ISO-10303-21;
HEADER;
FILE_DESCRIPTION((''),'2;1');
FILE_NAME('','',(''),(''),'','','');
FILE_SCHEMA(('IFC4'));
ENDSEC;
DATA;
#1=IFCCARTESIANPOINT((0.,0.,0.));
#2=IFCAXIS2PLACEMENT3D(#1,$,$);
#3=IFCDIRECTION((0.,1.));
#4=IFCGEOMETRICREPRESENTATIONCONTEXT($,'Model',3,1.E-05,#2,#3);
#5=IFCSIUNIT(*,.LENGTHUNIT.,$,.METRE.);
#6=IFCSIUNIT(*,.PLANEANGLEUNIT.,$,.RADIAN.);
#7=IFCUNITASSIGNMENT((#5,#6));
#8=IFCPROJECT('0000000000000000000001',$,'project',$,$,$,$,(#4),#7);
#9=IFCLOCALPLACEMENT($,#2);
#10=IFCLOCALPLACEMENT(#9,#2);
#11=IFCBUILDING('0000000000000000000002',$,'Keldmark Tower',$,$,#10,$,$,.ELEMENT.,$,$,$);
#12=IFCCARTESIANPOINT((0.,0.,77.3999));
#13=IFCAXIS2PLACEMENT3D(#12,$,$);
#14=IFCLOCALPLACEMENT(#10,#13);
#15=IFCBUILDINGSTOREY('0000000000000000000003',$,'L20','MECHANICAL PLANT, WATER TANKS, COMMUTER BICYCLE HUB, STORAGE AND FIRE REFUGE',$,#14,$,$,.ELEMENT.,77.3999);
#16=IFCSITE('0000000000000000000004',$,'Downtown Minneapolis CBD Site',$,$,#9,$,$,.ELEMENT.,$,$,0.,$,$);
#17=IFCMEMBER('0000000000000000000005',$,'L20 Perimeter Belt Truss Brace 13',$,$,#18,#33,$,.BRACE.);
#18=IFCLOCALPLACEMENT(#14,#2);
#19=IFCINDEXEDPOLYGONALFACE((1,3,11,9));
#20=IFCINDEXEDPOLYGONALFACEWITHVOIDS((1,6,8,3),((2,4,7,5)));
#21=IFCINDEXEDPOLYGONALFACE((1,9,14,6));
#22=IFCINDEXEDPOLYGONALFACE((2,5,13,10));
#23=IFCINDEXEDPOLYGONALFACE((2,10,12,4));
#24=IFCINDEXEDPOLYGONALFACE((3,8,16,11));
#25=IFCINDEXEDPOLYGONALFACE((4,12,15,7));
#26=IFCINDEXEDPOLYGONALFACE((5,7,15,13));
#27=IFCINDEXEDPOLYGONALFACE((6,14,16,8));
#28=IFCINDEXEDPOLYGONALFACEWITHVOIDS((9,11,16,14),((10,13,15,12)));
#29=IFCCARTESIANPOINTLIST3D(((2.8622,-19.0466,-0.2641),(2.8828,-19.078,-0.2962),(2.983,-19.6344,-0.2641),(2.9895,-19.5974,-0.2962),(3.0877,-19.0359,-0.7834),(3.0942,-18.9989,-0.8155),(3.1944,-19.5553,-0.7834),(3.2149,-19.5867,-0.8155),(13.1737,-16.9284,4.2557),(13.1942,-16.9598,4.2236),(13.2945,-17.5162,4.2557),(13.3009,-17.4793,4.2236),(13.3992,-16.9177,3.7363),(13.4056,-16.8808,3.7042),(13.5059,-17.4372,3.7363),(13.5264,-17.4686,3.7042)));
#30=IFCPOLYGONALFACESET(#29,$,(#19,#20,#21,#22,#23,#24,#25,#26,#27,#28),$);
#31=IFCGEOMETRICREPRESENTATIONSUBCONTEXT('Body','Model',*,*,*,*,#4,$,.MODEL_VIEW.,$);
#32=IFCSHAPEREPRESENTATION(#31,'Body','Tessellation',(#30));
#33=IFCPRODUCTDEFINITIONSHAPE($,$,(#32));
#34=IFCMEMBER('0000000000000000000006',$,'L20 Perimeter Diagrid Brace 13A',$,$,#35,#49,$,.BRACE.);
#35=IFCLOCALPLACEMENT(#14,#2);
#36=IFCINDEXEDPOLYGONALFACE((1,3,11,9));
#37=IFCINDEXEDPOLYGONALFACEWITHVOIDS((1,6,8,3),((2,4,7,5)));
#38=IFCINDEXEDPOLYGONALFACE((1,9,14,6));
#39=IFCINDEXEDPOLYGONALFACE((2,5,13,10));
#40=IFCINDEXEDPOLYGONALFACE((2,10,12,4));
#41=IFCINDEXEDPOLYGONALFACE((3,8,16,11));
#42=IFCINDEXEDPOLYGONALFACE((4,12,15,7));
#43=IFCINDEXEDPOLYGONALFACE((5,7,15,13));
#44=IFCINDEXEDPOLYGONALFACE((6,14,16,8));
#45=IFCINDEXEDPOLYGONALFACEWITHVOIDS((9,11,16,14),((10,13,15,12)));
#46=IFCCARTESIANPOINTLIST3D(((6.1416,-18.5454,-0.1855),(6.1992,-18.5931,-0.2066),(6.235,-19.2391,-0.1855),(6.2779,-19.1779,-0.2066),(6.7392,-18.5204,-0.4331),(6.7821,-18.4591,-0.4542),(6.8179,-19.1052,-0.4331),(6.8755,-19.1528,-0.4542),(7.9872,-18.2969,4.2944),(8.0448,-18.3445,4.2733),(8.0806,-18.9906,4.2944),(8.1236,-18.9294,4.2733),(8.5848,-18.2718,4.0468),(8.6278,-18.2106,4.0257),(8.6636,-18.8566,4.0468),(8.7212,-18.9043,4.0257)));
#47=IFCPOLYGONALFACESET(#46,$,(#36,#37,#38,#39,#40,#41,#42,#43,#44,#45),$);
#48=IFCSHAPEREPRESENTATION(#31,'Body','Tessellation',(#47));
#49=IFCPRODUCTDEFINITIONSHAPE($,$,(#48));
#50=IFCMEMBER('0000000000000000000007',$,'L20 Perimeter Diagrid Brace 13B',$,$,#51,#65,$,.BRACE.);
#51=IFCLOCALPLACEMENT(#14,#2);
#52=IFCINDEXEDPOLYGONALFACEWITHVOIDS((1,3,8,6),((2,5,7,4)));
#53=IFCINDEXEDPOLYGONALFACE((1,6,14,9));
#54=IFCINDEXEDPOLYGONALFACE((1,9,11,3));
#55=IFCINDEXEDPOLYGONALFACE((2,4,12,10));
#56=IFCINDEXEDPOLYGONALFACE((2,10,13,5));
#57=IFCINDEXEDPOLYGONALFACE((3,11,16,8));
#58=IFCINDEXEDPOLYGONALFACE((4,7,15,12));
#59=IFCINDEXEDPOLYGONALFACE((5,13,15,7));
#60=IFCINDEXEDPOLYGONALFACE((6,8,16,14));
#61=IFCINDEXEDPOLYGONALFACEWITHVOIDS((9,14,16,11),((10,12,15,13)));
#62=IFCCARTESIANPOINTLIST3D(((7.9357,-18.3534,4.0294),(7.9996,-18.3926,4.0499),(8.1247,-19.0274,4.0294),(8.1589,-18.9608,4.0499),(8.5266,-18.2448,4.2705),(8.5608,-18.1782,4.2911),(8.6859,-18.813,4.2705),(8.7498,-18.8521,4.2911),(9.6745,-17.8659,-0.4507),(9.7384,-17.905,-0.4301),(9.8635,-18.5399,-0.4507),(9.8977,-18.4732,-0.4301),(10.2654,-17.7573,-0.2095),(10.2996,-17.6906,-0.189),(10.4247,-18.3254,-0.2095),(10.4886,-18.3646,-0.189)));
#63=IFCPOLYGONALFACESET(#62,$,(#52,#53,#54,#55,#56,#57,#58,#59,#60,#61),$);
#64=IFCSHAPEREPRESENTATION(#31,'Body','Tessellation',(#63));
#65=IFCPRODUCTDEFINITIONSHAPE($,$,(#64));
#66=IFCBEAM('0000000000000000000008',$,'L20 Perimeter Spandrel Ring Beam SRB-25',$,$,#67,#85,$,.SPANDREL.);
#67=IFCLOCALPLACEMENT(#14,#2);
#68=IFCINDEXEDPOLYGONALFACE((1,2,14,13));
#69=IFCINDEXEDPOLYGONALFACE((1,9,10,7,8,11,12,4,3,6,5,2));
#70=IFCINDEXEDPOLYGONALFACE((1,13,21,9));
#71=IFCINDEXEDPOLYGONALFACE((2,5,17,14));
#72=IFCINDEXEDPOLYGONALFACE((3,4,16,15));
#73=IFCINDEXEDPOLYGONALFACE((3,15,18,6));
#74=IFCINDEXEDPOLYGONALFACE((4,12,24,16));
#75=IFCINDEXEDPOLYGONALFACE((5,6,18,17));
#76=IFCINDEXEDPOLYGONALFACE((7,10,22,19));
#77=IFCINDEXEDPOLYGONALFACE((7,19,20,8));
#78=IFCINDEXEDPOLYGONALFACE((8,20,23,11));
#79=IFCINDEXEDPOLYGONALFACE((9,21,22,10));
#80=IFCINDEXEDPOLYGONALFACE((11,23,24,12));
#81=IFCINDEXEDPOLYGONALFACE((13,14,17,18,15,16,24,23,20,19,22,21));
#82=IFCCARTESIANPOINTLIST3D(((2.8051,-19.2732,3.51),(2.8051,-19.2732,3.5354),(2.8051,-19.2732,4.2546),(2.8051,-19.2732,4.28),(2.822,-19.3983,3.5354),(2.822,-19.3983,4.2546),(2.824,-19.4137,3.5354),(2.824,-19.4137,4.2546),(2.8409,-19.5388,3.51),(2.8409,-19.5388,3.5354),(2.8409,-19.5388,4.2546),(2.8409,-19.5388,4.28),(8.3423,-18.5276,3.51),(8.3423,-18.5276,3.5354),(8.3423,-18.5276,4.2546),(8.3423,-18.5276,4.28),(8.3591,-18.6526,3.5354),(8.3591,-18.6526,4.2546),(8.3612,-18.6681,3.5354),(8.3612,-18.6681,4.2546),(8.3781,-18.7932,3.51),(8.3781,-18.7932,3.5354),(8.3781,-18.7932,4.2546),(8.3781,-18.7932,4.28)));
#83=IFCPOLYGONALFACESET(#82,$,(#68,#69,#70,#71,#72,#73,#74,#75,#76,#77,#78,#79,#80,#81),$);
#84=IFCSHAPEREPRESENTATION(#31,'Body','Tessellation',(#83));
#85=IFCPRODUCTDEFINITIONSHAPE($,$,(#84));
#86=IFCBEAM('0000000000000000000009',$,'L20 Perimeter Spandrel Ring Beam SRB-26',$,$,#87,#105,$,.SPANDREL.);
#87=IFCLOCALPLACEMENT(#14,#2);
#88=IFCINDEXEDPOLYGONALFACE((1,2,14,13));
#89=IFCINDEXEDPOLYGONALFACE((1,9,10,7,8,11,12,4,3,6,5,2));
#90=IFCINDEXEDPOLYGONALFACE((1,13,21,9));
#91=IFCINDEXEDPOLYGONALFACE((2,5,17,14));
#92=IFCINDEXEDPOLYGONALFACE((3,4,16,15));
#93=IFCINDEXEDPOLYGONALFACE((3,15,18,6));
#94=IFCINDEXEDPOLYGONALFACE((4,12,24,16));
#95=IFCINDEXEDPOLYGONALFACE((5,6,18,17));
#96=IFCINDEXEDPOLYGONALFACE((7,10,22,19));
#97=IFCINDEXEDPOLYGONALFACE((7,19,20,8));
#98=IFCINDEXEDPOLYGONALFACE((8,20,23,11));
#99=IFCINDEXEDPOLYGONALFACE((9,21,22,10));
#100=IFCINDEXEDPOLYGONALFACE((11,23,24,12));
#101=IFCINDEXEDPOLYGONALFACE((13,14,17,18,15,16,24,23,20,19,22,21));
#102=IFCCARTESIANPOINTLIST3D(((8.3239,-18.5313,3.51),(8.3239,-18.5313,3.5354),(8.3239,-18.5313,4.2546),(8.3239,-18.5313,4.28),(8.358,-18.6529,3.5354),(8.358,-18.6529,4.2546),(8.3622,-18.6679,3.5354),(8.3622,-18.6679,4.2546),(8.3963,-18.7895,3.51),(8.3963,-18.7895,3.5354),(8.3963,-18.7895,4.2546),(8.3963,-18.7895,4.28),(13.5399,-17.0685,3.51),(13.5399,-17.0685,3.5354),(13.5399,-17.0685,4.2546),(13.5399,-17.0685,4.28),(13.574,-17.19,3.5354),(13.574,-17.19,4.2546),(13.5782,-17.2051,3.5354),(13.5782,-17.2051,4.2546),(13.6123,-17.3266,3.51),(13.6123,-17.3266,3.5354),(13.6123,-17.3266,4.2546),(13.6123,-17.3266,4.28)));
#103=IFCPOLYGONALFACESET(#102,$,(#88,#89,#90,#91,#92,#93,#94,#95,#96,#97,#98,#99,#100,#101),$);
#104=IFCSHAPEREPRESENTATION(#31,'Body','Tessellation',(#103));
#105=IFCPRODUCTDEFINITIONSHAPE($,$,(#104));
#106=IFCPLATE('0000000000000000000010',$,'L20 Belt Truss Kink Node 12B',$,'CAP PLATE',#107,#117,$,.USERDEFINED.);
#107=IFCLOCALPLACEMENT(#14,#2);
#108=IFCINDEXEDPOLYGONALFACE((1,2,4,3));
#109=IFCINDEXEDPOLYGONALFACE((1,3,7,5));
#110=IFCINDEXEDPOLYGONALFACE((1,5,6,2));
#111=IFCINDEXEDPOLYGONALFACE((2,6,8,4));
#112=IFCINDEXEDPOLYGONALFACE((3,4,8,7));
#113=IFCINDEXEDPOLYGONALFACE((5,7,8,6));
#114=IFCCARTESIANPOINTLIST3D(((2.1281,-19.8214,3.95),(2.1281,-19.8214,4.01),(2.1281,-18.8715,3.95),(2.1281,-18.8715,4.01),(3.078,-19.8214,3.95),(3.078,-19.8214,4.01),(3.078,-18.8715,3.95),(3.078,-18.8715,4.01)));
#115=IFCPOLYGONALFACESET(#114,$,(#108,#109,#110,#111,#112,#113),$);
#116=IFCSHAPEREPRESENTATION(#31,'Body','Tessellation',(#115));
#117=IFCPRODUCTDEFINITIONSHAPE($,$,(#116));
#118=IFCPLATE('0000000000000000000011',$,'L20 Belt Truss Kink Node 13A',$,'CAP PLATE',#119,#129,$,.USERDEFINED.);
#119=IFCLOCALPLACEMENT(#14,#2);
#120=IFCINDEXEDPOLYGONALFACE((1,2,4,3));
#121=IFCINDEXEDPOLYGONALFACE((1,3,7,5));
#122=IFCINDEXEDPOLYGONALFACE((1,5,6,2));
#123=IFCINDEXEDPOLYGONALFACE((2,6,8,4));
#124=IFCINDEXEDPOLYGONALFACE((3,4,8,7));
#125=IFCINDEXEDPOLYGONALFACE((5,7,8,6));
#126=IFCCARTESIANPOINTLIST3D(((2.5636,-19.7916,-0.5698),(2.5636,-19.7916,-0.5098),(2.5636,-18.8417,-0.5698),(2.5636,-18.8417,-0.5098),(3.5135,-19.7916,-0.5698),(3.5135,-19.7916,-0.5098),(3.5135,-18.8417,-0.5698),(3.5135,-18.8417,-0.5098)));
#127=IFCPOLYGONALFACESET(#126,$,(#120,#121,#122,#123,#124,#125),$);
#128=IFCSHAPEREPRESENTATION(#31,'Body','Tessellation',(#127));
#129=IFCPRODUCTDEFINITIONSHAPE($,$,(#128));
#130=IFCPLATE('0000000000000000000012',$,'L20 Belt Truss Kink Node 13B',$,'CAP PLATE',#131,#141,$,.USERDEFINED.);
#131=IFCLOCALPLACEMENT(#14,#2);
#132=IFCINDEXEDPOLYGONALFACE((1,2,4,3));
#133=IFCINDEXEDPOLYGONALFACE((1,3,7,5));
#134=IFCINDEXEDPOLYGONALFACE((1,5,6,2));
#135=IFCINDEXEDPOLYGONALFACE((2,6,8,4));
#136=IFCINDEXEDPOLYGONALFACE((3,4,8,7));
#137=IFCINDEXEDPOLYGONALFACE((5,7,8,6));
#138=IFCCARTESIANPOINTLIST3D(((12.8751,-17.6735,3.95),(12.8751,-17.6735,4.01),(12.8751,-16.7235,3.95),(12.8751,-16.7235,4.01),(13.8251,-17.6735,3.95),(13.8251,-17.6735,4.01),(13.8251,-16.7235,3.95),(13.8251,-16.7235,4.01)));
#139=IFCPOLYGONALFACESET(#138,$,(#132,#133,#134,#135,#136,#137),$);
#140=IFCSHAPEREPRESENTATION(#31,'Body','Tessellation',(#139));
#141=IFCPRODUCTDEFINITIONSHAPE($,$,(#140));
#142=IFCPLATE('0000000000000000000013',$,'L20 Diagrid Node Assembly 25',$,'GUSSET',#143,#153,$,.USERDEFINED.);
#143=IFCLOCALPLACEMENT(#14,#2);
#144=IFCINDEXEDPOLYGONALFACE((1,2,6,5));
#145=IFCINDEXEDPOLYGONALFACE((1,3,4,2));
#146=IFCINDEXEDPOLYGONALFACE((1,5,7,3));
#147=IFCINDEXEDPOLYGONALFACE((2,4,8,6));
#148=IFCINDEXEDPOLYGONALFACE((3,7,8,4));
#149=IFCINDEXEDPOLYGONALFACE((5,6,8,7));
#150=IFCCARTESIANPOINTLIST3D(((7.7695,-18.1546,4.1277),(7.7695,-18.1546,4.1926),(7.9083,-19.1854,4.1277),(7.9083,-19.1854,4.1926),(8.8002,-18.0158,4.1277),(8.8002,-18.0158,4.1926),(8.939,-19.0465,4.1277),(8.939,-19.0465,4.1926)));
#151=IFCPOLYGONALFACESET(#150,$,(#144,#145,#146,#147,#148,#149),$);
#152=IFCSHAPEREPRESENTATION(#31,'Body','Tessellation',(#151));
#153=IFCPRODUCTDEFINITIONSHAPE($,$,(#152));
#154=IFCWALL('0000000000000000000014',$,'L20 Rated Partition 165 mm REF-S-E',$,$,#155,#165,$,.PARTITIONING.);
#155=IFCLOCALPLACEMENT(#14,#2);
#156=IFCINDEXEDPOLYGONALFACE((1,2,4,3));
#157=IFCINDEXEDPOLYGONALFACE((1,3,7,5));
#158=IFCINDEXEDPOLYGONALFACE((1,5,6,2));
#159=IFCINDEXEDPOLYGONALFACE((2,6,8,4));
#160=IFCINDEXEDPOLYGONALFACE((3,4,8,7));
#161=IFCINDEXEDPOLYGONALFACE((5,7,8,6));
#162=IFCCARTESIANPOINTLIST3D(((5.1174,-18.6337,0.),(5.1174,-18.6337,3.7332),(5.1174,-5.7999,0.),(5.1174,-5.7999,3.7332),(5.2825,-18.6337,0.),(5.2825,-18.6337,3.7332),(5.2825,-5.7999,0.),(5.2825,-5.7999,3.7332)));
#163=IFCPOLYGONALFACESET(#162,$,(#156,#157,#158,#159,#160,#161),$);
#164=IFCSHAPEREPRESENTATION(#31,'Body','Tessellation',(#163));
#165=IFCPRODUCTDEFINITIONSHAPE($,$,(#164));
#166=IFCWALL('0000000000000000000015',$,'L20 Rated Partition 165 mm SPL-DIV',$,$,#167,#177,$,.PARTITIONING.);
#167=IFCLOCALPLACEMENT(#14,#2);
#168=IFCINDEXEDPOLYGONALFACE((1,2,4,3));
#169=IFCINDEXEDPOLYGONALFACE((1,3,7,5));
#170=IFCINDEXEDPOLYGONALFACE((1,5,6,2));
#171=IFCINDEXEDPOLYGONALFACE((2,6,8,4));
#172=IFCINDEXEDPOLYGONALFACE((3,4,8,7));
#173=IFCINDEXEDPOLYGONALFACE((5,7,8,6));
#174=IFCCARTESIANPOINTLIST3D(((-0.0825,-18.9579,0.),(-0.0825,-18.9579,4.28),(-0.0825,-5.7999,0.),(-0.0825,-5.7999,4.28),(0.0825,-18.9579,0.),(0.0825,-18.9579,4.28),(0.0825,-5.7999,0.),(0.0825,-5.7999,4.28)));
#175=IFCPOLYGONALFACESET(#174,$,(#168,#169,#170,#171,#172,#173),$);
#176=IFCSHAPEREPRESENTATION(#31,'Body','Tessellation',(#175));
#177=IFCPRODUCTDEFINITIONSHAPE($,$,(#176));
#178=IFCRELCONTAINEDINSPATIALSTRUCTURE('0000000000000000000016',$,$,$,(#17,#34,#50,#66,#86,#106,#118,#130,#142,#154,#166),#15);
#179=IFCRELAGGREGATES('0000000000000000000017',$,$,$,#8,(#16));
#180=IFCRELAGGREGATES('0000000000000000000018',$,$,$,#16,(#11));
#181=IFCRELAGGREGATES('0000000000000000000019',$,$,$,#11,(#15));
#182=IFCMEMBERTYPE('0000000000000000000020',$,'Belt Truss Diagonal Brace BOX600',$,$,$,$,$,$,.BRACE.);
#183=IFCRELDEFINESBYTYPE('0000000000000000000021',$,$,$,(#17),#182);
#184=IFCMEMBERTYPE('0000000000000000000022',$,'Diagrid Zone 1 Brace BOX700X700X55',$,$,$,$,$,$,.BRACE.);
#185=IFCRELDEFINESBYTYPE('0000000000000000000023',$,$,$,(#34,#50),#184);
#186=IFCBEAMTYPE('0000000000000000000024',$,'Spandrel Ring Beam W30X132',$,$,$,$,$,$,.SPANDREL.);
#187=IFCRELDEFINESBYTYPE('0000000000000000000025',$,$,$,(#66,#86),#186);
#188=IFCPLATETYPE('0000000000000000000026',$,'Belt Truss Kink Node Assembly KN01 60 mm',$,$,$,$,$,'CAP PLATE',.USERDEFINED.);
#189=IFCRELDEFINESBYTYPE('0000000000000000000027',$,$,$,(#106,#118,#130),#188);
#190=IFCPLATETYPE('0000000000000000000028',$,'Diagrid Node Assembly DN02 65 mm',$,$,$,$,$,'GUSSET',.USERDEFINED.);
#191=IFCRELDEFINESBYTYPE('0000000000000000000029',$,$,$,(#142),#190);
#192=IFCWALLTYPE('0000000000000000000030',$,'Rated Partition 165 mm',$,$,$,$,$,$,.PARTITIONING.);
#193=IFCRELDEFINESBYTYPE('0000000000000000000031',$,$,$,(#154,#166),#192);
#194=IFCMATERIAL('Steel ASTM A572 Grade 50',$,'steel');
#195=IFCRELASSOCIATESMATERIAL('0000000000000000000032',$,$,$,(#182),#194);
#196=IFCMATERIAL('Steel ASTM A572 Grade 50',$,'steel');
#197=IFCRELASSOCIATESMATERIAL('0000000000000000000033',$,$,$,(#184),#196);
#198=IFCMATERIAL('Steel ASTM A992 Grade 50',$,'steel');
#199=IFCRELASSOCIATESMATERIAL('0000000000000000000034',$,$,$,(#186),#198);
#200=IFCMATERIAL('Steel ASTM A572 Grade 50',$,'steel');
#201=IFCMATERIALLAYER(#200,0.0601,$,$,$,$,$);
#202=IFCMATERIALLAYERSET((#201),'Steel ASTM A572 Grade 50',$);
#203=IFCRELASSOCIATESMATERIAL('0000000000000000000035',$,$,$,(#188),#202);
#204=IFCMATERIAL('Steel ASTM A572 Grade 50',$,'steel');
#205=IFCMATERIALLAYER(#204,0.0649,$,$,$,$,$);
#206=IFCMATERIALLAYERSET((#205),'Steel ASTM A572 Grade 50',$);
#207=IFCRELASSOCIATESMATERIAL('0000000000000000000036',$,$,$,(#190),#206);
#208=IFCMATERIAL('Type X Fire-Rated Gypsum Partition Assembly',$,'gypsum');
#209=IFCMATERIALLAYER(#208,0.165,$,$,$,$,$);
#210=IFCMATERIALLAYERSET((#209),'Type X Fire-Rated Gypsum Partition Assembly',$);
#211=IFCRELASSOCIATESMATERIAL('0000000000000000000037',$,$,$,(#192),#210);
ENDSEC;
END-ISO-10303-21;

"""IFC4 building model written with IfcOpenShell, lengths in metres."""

from ifc_helpers import new_model, si_unit, direction, frame, frame_2d, origin, origin_2d, place, context, subcontext, project, spatial, rectangle, hollow_rectangle, i_section, extrude, material, layer, layer_set, material_profile, profile_set, type_object, element, save


model = new_model("IFC4")

# Units and contexts
model_context = context("Model", 3, precision=1e-05, world=origin(), true_north=direction((0.0, 1.0)))
body_context = subcontext(model_context, "Body", "Model", "MODEL_VIEW")
ifc_project = project(units=[si_unit("LENGTHUNIT", "METRE"), si_unit("PLANEANGLEUNIT", "RADIAN")], contexts=[model_context])

# Site, building, storey
site_placement = place(None, origin())
site = spatial("IfcSite", under=ifc_project, at=site_placement, Name="Downtown Minneapolis CBD Site", CompositionType="ELEMENT", RefElevation=0.0)
building_placement = place(site_placement, origin())
building = spatial("IfcBuilding", under=site, at=building_placement, Name="Keldmark Tower", CompositionType="ELEMENT")
storey_placement = place(building_placement, frame((0.0, 0.0, 77.3999)))
storey = spatial("IfcBuildingStorey", under=building, at=storey_placement, Name="L20", Description="MECHANICAL PLANT, WATER TANKS, COMMUTER BICYCLE HUB, STORAGE AND FIRE REFUGE", CompositionType="ELEMENT", Elevation=77.3999)

# Members
ifc_material_1 = material(Name="Steel ASTM A572 Grade 50", Category="steel")
ifc_material_profile_1 = material_profile(ifc_material_1, hollow_rectangle(XDim=0.6001, YDim=0.6001, WallThickness=0.0349, at=origin_2d()), Name="BOX600X600X35")
ifc_profile_set_1 = profile_set([ifc_material_profile_1], Name="Steel ASTM A572 Grade 50")
member_type_1 = type_object("IfcMemberType", Name="Belt Truss Diagonal Brace BOX600", PredefinedType="BRACE", material=ifc_profile_set_1)
member_1_placement = place(storey_placement, frame((3.0386, -19.3167, -0.5398), z_axis=(0.900089, 0.184894, 0.39453), x_axis=(-0.201216, 0.979547, 0.0)))
element("IfcMember", 1, at=member_1_placement, inside=storey, type_object=member_type_1, Name="L20 Perimeter Belt Truss Brace 13", PredefinedType="BRACE", context=body_context, shape_type="SweptSolid", body=[
    extrude(hollow_rectangle(XDim=0.6001, YDim=0.6001, WallThickness=0.0349, at=origin_2d()), origin(), (0.0, 0.0, 1.0), 11.4561),
])
ifc_material_2 = material(Name="Steel ASTM A572 Grade 50", Category="steel")
ifc_material_profile_2 = material_profile(ifc_material_2, hollow_rectangle(XDim=0.7, YDim=0.7, WallThickness=0.0549, at=origin_2d()), Name="BOX700X700X55")
ifc_profile_set_2 = profile_set([ifc_material_profile_2], Name="Steel ASTM A572 Grade 50")
member_type_2 = type_object("IfcMemberType", Name="Diagrid Zone 1 Brace BOX700X700X55", PredefinedType="BRACE", material=ifc_profile_set_2)
member_2_placement = place(storey_placement, frame((6.5085, -18.8491, -0.3198), z_axis=(0.380427, 0.051227, 0.923391), x_axis=(-0.133452, 0.991055, 0.0)))
element("IfcMember", 2, at=member_2_placement, inside=storey, type_object=member_type_2, Name="L20 Perimeter Diagrid Brace 13A", PredefinedType="BRACE", context=body_context, shape_type="SweptSolid", body=[
    extrude(hollow_rectangle(XDim=0.7, YDim=0.7, WallThickness=0.0549, at=origin_2d()), origin(), (0.0, 0.0, 1.0), 4.8516),
])
member_3_placement = place(storey_placement, frame((10.0815, -18.1152, -0.3198), z_axis=(-0.359976, -0.100937, 0.927486), x_axis=(0.269986, -0.962864, 0.0)))
element("IfcMember", 3, at=member_3_placement, inside=storey, type_object=member_type_2, Name="L20 Perimeter Diagrid Brace 13B", PredefinedType="BRACE", context=body_context, shape_type="SweptSolid", body=[
    extrude(hollow_rectangle(XDim=0.7, YDim=0.7, WallThickness=0.0549, at=origin_2d()), origin(), (0.0, 0.0, 1.0), 4.8303),
])

# Beams
ifc_material_3 = material(Name="Steel ASTM A992 Grade 50", Category="steel")
ifc_material_profile_3 = material_profile(ifc_material_3, i_section(OverallWidth=0.2681, OverallDepth=0.77, WebThickness=0.0156, FlangeThickness=0.0254, at=origin_2d()), Name="W30X132")
ifc_profile_set_3 = profile_set([ifc_material_profile_3], Name="Steel ASTM A992 Grade 50")
beam_type = type_object("IfcBeamType", Name="Spandrel Ring Beam W30X132", PredefinedType="SPANDREL", material=ifc_profile_set_3)
beam_1_placement = place(storey_placement, frame((2.823, -19.406, 3.895), z_axis=(0.991055, 0.133452, 0.0), x_axis=(-0.133452, 0.991055, 0.0)))
element("IfcBeam", 4, at=beam_1_placement, inside=storey, type_object=beam_type, Name="L20 Perimeter Spandrel Ring Beam SRB-25", PredefinedType="SPANDREL", context=body_context, shape_type="SweptSolid", body=[
    extrude(i_section(OverallWidth=0.2681, OverallDepth=0.77, WebThickness=0.0156, FlangeThickness=0.0254, at=origin_2d()), origin(), (0.0, 0.0, 1.0), 5.5872),
])
beam_2_placement = place(storey_placement, frame((8.3601, -18.6604, 3.895), z_axis=(0.962849, 0.270039, 0.0), x_axis=(-0.270039, 0.962849, 0.0)))
element("IfcBeam", 5, at=beam_2_placement, inside=storey, type_object=beam_type, Name="L20 Perimeter Spandrel Ring Beam SRB-26", PredefinedType="SPANDREL", context=body_context, shape_type="SweptSolid", body=[
    extrude(i_section(OverallWidth=0.2681, OverallDepth=0.77, WebThickness=0.0156, FlangeThickness=0.0254, at=origin_2d()), origin(), (0.0, 0.0, 1.0), 5.4172),
])

# Plates
ifc_material_4 = material(Name="Steel ASTM A572 Grade 50", Category="steel")
ifc_layer_1 = layer(ifc_material_4, 0.0601)
ifc_layer_set_1 = layer_set([ifc_layer_1], Name="Steel ASTM A572 Grade 50")
plate_type_1 = type_object("IfcPlateType", Name="Belt Truss Kink Node Assembly KN01 60 mm", ElementType="CAP PLATE", PredefinedType="USERDEFINED", material=ifc_layer_set_1)
for number, where, z_axis, x_axis, name in (
    (6, (2.603, -19.3464, 3.95), (0.0, 0.0, 1.0), (1.0, 0.0, 0.0), "L20 Belt Truss Kink Node 12B"),
    (7, (3.0386, -19.3167, -0.5698), (0.0, 0.0, 1.0), (1.0, 0.0, 0.0), "L20 Belt Truss Kink Node 13A"),
    (8, (13.3501, -17.1985, 3.95), (0.0, 0.0, 1.0), (1.0, 0.0, 0.0), "L20 Belt Truss Kink Node 13B"),
):
    element("IfcPlate", number, at=place(storey_placement, frame(where, z_axis=z_axis, x_axis=x_axis)), inside=storey, type_object=plate_type_1, Name=name, ObjectType="CAP PLATE", PredefinedType="USERDEFINED", context=body_context, shape_type="SweptSolid", body=[
        extrude(rectangle(XDim=0.95, YDim=0.95, at=origin_2d()), origin(), (0.0, 0.0, 1.0), 0.0601),
    ])
ifc_material_5 = material(Name="Steel ASTM A572 Grade 50", Category="steel")
ifc_layer_2 = layer(ifc_material_5, 0.0649)
ifc_layer_set_2 = layer_set([ifc_layer_2], Name="Steel ASTM A572 Grade 50")
plate_type_2 = type_object("IfcPlateType", Name="Diagrid Node Assembly DN02 65 mm", ElementType="GUSSET", PredefinedType="USERDEFINED", material=ifc_layer_set_2)
plate_placement = place(storey_placement, frame((8.3542, -18.6006, 4.1277), z_axis=(0.0, 0.0, 1.0), x_axis=(0.991053, 0.133467, 0.0)))
element("IfcPlate", 9, at=plate_placement, inside=storey, type_object=plate_type_2, Name="L20 Diagrid Node Assembly 25", ObjectType="GUSSET", PredefinedType="USERDEFINED", context=body_context, shape_type="SweptSolid", body=[
    extrude(rectangle(XDim=1.04, YDim=1.04, at=origin_2d()), origin(), (0.0, 0.0, 1.0), 0.0649),
])

# Walls
ifc_material_6 = material(Name="Type X Fire-Rated Gypsum Partition Assembly", Category="gypsum")
ifc_layer_3 = layer(ifc_material_6, 0.165)
ifc_layer_set_3 = layer_set([ifc_layer_3], Name="Type X Fire-Rated Gypsum Partition Assembly")
wall_type_1 = type_object("IfcWallType", Name="Rated Partition 165 mm", PredefinedType="PARTITIONING", material=ifc_layer_set_3)
wall_1_placement = place(storey_placement, frame((5.2, -18.6338, 0.0), z_axis=(0.0, 0.0, 1.0), x_axis=(0.0, 1.0, 0.0)))
element("IfcWall", 10, at=wall_1_placement, inside=storey, type_object=wall_type_1, Name="L20 Rated Partition 165 mm REF-S-E", PredefinedType="PARTITIONING", context=body_context, shape_type="SweptSolid", body=[
    extrude(rectangle(XDim=12.8337, YDim=0.165, at=frame_2d((6.417, 0.0))), origin(), (0.0, 0.0, 1.0), 3.7332),
])
wall_2_placement = place(storey_placement, frame((0.0, -18.958, 0.0), z_axis=(0.0, 0.0, 1.0), x_axis=(0.0, 1.0, 0.0)))
element("IfcWall", 11, at=wall_2_placement, inside=storey, type_object=wall_type_1, Name="L20 Rated Partition 165 mm SPL-DIV", PredefinedType="PARTITIONING", context=body_context, shape_type="SweptSolid", body=[
    extrude(rectangle(XDim=13.158, YDim=0.165, at=frame_2d((6.5791, 0.0))), origin(), (0.0, 0.0, 1.0), 4.28),
])

save(model, "model.ifc")
